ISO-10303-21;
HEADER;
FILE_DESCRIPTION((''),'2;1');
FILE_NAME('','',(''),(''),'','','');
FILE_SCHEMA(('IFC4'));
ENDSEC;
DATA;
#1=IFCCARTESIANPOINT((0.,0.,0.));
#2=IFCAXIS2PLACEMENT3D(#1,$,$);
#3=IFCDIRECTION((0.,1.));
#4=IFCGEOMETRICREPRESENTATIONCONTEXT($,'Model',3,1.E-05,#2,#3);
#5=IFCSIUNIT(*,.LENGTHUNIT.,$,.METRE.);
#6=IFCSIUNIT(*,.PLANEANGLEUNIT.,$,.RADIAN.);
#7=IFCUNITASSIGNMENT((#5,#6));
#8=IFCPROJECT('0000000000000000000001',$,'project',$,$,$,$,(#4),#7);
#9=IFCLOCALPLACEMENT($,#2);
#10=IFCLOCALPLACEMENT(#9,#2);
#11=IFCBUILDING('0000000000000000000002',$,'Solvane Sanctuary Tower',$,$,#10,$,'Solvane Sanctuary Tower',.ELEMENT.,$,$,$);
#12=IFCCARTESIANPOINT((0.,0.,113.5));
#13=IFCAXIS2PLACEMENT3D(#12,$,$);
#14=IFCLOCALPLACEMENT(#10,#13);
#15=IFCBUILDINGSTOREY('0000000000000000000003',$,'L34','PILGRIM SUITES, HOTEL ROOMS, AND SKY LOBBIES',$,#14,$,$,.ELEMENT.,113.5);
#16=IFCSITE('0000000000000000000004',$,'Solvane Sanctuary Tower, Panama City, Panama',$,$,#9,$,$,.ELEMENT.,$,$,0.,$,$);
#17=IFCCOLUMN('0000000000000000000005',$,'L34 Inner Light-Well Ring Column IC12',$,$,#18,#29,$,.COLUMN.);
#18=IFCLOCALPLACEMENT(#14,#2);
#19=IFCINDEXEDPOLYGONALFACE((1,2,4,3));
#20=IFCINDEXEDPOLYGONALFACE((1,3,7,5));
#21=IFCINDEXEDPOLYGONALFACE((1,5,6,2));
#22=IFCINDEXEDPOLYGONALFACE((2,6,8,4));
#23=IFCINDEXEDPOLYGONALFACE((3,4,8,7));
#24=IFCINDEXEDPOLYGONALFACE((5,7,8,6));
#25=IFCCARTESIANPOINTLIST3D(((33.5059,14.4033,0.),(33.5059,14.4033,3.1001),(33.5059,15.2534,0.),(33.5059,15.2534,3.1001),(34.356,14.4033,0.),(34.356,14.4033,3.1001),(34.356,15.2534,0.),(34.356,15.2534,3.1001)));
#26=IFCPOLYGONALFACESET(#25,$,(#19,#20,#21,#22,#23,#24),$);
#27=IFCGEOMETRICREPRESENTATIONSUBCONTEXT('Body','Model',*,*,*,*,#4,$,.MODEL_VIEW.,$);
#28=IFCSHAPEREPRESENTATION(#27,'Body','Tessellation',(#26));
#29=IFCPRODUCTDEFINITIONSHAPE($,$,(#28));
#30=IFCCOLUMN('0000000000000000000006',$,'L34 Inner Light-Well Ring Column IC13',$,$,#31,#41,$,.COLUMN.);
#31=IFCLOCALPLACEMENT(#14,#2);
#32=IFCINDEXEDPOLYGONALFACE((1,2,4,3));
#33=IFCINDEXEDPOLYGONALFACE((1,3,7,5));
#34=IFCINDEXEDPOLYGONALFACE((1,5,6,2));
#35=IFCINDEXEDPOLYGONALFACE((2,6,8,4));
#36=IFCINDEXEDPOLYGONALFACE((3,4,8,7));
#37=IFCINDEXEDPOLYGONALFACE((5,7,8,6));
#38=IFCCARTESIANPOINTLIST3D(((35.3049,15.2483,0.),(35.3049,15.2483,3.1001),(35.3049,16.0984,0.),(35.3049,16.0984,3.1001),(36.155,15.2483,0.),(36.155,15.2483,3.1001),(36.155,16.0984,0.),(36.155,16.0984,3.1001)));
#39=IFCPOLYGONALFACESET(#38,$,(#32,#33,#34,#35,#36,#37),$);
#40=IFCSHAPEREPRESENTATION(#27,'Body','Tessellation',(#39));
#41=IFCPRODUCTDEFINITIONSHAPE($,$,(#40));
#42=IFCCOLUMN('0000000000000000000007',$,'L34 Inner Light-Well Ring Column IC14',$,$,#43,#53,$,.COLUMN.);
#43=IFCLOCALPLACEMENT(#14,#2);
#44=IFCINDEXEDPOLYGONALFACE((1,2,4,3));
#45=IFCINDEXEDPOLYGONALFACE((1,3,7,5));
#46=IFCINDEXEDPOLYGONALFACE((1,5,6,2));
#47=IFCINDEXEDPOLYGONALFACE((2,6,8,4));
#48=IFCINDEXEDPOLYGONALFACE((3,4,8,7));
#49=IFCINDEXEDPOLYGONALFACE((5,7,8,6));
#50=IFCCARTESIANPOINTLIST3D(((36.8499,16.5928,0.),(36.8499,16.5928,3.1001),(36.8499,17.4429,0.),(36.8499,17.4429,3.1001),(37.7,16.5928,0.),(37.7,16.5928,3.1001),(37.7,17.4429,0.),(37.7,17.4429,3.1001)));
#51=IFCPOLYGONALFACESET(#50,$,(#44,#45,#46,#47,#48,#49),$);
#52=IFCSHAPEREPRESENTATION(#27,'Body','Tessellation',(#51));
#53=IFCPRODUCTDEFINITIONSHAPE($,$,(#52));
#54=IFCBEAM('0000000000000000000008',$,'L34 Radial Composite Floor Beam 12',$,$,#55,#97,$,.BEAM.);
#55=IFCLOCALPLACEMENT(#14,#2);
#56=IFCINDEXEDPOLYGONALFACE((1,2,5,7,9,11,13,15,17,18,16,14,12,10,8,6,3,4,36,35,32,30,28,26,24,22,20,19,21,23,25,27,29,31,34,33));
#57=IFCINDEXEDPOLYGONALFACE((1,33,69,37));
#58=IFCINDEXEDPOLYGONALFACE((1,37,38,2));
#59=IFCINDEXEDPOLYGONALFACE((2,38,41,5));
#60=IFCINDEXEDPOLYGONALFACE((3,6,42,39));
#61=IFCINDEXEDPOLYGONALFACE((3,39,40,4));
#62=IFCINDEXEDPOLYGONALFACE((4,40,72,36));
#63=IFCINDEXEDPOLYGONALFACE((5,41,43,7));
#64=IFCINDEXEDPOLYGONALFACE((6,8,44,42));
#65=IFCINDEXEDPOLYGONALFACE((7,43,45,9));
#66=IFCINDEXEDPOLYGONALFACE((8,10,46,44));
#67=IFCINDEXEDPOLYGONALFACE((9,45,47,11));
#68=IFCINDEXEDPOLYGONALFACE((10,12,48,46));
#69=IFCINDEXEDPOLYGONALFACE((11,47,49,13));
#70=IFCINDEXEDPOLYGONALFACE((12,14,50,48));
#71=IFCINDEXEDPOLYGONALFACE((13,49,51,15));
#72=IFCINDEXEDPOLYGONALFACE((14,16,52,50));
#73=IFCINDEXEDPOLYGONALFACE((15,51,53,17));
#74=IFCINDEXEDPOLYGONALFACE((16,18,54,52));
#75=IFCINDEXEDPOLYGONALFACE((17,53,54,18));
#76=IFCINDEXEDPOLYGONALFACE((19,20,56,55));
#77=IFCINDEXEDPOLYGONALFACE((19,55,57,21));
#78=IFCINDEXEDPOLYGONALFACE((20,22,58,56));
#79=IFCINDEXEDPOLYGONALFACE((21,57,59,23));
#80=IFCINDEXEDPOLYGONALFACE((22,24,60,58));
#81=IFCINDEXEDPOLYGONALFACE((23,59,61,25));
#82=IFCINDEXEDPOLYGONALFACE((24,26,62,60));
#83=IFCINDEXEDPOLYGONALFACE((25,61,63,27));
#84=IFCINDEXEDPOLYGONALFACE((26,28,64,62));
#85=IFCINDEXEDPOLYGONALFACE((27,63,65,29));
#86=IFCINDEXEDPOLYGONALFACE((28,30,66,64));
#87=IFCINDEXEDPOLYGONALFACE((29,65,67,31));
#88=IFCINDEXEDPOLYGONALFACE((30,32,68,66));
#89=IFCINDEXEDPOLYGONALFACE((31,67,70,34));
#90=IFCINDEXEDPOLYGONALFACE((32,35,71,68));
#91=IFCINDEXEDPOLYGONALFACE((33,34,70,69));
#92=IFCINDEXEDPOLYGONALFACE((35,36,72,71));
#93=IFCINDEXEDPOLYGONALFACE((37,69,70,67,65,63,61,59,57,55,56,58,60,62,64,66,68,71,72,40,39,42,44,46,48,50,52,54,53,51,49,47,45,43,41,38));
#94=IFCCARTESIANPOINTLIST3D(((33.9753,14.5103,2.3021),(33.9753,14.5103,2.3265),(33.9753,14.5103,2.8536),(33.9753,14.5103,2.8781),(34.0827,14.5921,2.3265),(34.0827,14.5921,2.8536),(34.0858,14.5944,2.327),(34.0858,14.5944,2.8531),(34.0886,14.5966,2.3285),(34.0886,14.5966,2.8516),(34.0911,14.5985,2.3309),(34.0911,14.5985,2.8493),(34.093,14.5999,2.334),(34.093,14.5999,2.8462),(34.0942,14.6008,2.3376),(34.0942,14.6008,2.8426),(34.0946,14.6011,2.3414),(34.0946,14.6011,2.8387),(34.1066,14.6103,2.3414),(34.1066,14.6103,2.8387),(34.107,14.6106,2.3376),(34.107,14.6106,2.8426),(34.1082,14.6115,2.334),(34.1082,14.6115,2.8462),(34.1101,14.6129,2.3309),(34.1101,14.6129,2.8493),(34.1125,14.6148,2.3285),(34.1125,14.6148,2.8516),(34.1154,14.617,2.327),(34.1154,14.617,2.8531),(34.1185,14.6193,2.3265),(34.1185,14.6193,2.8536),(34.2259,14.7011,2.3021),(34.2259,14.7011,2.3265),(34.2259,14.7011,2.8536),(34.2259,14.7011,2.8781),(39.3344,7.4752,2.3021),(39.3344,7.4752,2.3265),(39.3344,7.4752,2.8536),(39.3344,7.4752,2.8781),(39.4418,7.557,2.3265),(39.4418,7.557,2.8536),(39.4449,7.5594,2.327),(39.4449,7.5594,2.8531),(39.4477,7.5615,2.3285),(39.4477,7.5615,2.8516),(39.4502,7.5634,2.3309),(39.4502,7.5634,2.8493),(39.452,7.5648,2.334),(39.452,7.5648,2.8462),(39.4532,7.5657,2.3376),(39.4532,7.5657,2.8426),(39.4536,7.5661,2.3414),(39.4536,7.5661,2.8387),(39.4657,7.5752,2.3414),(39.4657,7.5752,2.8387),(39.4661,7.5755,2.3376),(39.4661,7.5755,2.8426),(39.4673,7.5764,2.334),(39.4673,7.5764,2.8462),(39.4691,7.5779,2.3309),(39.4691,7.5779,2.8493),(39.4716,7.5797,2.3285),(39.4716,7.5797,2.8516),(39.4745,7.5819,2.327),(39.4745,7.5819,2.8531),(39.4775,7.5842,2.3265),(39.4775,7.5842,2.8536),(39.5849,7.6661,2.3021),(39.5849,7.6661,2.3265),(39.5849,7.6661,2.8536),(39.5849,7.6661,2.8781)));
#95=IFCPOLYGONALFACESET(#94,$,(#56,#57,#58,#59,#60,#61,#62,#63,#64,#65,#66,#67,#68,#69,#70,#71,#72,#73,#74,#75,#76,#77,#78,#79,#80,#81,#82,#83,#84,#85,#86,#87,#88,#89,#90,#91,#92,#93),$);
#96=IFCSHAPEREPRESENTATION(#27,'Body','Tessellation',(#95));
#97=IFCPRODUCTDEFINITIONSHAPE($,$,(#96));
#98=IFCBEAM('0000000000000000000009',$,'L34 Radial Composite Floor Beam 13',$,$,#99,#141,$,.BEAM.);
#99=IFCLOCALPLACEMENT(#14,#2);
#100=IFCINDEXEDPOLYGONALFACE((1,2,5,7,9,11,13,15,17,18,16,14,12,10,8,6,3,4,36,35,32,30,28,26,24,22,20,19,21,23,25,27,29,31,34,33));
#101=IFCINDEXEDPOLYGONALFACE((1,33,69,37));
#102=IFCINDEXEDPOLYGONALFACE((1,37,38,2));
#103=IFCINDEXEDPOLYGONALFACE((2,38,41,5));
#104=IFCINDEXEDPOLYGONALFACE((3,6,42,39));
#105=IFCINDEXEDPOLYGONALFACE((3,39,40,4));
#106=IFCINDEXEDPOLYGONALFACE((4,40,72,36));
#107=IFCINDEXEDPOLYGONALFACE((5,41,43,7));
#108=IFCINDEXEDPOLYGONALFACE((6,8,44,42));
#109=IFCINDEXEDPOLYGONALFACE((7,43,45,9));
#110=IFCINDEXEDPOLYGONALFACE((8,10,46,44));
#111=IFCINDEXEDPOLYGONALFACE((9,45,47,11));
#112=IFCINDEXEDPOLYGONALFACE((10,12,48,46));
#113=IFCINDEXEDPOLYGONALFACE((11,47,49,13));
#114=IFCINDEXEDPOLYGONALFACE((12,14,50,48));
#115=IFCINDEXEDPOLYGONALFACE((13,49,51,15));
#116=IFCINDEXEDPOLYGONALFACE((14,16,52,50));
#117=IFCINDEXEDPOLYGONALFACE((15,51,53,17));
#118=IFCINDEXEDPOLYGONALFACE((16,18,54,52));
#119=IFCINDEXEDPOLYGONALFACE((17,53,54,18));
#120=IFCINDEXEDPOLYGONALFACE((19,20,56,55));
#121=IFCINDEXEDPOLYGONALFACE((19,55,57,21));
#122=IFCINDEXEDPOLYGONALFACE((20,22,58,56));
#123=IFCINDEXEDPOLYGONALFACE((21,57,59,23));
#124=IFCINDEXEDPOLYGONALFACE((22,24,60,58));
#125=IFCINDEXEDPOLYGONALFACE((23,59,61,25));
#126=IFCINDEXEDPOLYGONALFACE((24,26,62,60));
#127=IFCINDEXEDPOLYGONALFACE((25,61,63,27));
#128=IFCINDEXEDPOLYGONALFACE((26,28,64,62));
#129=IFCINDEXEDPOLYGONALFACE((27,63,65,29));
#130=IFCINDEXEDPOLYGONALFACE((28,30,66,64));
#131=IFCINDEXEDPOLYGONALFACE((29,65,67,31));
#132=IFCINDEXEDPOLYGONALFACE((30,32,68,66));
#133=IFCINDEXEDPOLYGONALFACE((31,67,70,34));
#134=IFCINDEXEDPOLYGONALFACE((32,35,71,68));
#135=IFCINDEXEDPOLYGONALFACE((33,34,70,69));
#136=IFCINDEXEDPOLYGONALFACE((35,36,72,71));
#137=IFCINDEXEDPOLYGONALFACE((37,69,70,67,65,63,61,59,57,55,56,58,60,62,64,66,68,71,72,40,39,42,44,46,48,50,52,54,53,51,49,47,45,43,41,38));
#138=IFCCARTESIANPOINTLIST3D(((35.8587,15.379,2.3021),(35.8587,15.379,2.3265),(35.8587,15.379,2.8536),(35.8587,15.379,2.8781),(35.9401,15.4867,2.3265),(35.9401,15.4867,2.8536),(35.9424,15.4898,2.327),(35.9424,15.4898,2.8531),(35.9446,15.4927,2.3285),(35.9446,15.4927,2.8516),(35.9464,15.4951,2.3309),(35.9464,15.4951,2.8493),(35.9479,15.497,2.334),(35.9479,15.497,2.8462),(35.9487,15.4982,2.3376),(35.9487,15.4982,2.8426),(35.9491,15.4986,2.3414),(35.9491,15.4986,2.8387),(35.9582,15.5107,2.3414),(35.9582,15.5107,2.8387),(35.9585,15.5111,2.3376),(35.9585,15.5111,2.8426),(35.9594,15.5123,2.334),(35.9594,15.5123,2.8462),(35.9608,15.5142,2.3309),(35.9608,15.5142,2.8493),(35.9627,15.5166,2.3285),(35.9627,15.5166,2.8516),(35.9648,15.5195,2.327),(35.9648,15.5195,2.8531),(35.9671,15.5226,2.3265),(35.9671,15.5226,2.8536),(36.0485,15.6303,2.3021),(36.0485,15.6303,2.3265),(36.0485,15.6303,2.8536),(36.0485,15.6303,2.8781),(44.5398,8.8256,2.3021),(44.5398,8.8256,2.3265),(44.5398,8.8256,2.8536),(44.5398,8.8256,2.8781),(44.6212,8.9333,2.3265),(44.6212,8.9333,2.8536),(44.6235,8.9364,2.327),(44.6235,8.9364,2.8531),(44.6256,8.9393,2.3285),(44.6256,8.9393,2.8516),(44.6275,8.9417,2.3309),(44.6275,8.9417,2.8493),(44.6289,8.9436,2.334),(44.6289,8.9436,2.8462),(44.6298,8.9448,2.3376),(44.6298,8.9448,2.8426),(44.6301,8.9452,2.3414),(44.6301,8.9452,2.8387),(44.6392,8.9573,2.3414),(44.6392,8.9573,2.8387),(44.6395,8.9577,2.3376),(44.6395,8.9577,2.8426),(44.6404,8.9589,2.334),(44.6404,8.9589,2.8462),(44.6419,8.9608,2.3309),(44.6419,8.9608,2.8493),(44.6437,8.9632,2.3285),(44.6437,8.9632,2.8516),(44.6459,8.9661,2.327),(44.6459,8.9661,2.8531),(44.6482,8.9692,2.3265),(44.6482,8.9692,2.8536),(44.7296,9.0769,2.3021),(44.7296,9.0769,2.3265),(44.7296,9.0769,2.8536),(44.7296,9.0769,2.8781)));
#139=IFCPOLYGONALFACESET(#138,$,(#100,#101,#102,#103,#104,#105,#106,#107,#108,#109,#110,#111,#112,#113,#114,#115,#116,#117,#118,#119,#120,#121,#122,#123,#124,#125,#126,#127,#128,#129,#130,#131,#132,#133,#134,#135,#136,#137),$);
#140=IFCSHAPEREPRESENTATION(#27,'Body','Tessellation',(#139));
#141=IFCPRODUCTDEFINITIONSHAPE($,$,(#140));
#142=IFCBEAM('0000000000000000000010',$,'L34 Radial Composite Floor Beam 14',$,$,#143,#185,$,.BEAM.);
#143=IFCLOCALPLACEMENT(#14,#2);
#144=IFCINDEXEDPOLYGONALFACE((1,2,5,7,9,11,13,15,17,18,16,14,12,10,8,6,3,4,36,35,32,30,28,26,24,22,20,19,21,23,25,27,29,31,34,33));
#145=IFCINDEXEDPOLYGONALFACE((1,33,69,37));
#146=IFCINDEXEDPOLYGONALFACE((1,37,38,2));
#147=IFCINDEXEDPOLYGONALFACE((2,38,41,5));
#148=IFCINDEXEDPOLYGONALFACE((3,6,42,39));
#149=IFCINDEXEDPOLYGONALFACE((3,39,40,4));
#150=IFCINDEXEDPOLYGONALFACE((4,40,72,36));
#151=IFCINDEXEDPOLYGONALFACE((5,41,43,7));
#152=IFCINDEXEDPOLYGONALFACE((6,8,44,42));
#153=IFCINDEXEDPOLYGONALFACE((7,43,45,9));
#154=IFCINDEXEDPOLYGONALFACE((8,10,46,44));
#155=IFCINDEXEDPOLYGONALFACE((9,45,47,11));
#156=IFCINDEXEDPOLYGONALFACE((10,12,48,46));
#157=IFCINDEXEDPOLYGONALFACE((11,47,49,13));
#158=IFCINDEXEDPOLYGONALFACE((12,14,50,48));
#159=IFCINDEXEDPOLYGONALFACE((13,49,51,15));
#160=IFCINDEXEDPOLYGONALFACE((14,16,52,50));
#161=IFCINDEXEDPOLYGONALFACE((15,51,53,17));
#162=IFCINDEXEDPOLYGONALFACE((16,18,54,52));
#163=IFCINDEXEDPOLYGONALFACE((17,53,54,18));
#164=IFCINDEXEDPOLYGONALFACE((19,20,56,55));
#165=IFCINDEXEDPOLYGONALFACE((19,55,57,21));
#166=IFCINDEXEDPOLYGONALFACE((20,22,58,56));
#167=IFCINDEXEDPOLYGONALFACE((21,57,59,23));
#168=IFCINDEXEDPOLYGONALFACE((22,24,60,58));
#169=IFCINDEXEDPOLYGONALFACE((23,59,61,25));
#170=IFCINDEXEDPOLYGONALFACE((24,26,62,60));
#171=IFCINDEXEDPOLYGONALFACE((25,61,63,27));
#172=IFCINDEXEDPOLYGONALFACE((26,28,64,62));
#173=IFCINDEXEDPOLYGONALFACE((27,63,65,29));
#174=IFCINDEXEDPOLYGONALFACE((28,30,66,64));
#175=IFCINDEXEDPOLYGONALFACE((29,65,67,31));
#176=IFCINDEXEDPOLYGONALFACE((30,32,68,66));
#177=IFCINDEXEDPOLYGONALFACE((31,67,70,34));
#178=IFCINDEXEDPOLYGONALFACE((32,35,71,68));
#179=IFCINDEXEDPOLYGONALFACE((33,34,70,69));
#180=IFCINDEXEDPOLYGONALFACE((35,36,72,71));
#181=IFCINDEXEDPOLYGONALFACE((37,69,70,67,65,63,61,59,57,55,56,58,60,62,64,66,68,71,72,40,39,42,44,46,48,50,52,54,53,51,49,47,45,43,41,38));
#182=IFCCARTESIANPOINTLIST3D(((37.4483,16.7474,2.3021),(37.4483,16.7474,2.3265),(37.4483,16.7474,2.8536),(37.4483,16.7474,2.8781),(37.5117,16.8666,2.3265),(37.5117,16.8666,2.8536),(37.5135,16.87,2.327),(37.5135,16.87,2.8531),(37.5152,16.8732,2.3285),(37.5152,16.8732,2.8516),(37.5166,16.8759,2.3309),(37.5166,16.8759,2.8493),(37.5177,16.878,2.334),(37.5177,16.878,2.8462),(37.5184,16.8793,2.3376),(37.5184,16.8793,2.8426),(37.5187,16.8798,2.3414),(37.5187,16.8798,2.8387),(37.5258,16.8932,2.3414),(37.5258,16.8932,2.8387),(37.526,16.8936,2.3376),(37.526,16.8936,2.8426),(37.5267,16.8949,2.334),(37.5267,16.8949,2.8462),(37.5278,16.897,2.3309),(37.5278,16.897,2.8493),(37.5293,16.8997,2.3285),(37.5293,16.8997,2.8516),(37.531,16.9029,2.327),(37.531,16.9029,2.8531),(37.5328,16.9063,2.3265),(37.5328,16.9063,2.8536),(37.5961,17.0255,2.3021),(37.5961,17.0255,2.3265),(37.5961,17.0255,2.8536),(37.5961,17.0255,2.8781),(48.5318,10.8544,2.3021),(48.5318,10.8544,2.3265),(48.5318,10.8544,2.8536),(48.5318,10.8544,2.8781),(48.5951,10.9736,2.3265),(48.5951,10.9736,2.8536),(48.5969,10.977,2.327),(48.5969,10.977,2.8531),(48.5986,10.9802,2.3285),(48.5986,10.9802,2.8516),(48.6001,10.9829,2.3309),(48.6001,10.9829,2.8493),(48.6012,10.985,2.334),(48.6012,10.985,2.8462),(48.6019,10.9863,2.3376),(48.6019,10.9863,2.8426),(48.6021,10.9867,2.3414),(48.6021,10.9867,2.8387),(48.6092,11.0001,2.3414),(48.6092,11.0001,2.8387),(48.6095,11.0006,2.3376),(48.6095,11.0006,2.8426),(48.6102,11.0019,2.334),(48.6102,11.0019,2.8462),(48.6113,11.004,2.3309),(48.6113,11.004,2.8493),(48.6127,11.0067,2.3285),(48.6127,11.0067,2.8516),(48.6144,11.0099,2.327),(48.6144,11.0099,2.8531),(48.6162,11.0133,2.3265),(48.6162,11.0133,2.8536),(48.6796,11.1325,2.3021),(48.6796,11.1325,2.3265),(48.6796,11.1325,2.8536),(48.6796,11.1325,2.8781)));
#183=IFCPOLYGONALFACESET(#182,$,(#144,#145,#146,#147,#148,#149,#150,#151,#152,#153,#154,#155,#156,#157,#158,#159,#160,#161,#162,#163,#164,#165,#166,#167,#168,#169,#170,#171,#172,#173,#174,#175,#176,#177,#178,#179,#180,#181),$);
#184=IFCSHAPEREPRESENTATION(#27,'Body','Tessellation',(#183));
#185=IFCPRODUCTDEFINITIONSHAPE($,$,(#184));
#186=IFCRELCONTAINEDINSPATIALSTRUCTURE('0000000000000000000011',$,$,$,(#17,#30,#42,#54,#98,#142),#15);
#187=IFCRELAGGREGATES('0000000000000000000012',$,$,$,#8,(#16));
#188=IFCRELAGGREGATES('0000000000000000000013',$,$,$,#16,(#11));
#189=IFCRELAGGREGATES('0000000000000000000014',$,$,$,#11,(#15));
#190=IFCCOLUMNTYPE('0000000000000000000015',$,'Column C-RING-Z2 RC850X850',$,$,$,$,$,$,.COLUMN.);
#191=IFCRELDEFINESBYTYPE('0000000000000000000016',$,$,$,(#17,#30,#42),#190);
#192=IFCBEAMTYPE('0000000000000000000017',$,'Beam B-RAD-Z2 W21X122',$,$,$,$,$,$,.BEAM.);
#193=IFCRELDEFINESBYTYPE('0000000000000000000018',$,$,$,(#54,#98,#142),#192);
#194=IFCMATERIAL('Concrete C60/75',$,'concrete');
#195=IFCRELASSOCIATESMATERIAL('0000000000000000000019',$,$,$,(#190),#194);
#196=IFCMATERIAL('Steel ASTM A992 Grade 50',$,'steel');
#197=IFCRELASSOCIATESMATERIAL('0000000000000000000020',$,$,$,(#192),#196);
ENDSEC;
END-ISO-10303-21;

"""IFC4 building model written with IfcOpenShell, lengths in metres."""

from ifc_helpers import new_model, si_unit, direction, frame, origin, origin_2d, place, context, subcontext, project, spatial, rectangle, i_section, extrude, material, material_profile, profile_set, type_object, element, save


model = new_model("IFC4")

# Units and contexts
model_context = context("Model", 3, precision=1e-05, world=origin(), true_north=direction((0.0, 1.0)))
body_context = subcontext(model_context, "Body", "Model", "MODEL_VIEW")
ifc_project = project(units=[si_unit("LENGTHUNIT", "METRE"), si_unit("PLANEANGLEUNIT", "RADIAN")], contexts=[model_context])

# Site, building, storey
site_placement = place(None, origin())
site = spatial("IfcSite", under=ifc_project, at=site_placement, Name="Solvane Sanctuary Tower, Panama City, Panama", CompositionType="ELEMENT", RefElevation=0.0)
building_placement = place(site_placement, origin())
building = spatial("IfcBuilding", under=site, at=building_placement, Name="Solvane Sanctuary Tower", LongName="Solvane Sanctuary Tower", CompositionType="ELEMENT")
storey_placement = place(building_placement, frame((0.0, 0.0, 113.5)))
storey = spatial("IfcBuildingStorey", under=building, at=storey_placement, Name="L34", Description="PILGRIM SUITES, HOTEL ROOMS, AND SKY LOBBIES", CompositionType="ELEMENT", Elevation=113.5)

# Columns
ifc_material_1 = material(Name="Concrete C60/75", Category="concrete")
ifc_material_profile_1 = material_profile(ifc_material_1, rectangle(XDim=0.8501, YDim=0.8501, at=origin_2d()), Name="RC850X850")
ifc_profile_set_1 = profile_set([ifc_material_profile_1], Name="Concrete C60/75")
column_type = type_object("IfcColumnType", Name="Column C-RING-Z2 RC850X850", PredefinedType="COLUMN", material=ifc_profile_set_1)
for number, where, z_axis, x_axis, name in (
    (1, (33.9309, 14.8284, 0.0), (0.0, 0.0, 1.0), (1.0, 0.0, 0.0), "L34 Inner Light-Well Ring Column IC12"),
    (2, (35.73, 15.6733, 0.0), (0.0, 0.0, 1.0), (1.0, 0.0, 0.0), "L34 Inner Light-Well Ring Column IC13"),
    (3, (37.2749, 17.0178, 0.0), (0.0, 0.0, 1.0), (1.0, 0.0, 0.0), "L34 Inner Light-Well Ring Column IC14"),
):
    element("IfcColumn", number, at=place(storey_placement, frame(where, z_axis=z_axis, x_axis=x_axis)), inside=storey, type_object=column_type, Name=name, PredefinedType="COLUMN", context=body_context, shape_type="SweptSolid", body=[
        extrude(rectangle(XDim=0.8501, YDim=0.8501, at=origin_2d()), origin(), (0.0, 0.0, 1.0), 3.1001),
    ])

# Beams
ifc_material_2 = material(Name="Steel ASTM A992 Grade 50", Category="steel")
ifc_material_profile_2 = material_profile(ifc_material_2, i_section(OverallWidth=0.3149, OverallDepth=0.5759, WebThickness=0.0151, FlangeThickness=0.0244, FilletRadius=0.0149, at=origin_2d()), Name="W21X122")
ifc_profile_set_2 = profile_set([ifc_material_profile_2], Name="Steel ASTM A992 Grade 50")
beam_type_1 = type_object("IfcBeamType", Name="Beam B-RAD-Z2 W21X122", PredefinedType="BEAM", material=ifc_profile_set_2)
beam_1_placement = place(storey_placement, frame((34.1006, 14.6057, 2.5901), z_axis=(0.605973, -0.795486, 0.0), x_axis=(0.795486, 0.605973, 0.0)))
element("IfcBeam", 4, at=beam_1_placement, inside=storey, type_object=beam_type_1, Name="L34 Radial Composite Floor Beam 12", PredefinedType="BEAM", context=body_context, shape_type="SweptSolid", body=[
    extrude(i_section(OverallWidth=0.3149, OverallDepth=0.5759, WebThickness=0.0151, FlangeThickness=0.0244, FilletRadius=0.0149, at=origin_2d()), origin(), (0.0, 0.0, 1.0), 8.8438),
])
beam_2_placement = place(storey_placement, frame((35.9536, 15.5046, 2.5901), z_axis=(0.798116, -0.602504, 0.0), x_axis=(0.602504, 0.798116, 0.0)))
element("IfcBeam", 5, at=beam_2_placement, inside=storey, type_object=beam_type_1, Name="L34 Radial Composite Floor Beam 13", PredefinedType="BEAM", context=body_context, shape_type="SweptSolid", body=[
    extrude(i_section(OverallWidth=0.3149, OverallDepth=0.5759, WebThickness=0.0151, FlangeThickness=0.0244, FilletRadius=0.0149, at=origin_2d()), origin(), (0.0, 0.0, 1.0), 10.877),
])
beam_3_placement = place(storey_placement, frame((37.5222, 16.8865, 2.5901), z_axis=(0.882952, -0.469463, 0.0), x_axis=(0.469463, 0.882952, 0.0)))
element("IfcBeam", 6, at=beam_3_placement, inside=storey, type_object=beam_type_1, Name="L34 Radial Composite Floor Beam 14", PredefinedType="BEAM", context=body_context, shape_type="SweptSolid", body=[
    extrude(i_section(OverallWidth=0.3149, OverallDepth=0.5759, WebThickness=0.0151, FlangeThickness=0.0244, FilletRadius=0.0149, at=origin_2d()), origin(), (0.0, 0.0, 1.0), 12.5527),
])

save(model, "model.ifc")
